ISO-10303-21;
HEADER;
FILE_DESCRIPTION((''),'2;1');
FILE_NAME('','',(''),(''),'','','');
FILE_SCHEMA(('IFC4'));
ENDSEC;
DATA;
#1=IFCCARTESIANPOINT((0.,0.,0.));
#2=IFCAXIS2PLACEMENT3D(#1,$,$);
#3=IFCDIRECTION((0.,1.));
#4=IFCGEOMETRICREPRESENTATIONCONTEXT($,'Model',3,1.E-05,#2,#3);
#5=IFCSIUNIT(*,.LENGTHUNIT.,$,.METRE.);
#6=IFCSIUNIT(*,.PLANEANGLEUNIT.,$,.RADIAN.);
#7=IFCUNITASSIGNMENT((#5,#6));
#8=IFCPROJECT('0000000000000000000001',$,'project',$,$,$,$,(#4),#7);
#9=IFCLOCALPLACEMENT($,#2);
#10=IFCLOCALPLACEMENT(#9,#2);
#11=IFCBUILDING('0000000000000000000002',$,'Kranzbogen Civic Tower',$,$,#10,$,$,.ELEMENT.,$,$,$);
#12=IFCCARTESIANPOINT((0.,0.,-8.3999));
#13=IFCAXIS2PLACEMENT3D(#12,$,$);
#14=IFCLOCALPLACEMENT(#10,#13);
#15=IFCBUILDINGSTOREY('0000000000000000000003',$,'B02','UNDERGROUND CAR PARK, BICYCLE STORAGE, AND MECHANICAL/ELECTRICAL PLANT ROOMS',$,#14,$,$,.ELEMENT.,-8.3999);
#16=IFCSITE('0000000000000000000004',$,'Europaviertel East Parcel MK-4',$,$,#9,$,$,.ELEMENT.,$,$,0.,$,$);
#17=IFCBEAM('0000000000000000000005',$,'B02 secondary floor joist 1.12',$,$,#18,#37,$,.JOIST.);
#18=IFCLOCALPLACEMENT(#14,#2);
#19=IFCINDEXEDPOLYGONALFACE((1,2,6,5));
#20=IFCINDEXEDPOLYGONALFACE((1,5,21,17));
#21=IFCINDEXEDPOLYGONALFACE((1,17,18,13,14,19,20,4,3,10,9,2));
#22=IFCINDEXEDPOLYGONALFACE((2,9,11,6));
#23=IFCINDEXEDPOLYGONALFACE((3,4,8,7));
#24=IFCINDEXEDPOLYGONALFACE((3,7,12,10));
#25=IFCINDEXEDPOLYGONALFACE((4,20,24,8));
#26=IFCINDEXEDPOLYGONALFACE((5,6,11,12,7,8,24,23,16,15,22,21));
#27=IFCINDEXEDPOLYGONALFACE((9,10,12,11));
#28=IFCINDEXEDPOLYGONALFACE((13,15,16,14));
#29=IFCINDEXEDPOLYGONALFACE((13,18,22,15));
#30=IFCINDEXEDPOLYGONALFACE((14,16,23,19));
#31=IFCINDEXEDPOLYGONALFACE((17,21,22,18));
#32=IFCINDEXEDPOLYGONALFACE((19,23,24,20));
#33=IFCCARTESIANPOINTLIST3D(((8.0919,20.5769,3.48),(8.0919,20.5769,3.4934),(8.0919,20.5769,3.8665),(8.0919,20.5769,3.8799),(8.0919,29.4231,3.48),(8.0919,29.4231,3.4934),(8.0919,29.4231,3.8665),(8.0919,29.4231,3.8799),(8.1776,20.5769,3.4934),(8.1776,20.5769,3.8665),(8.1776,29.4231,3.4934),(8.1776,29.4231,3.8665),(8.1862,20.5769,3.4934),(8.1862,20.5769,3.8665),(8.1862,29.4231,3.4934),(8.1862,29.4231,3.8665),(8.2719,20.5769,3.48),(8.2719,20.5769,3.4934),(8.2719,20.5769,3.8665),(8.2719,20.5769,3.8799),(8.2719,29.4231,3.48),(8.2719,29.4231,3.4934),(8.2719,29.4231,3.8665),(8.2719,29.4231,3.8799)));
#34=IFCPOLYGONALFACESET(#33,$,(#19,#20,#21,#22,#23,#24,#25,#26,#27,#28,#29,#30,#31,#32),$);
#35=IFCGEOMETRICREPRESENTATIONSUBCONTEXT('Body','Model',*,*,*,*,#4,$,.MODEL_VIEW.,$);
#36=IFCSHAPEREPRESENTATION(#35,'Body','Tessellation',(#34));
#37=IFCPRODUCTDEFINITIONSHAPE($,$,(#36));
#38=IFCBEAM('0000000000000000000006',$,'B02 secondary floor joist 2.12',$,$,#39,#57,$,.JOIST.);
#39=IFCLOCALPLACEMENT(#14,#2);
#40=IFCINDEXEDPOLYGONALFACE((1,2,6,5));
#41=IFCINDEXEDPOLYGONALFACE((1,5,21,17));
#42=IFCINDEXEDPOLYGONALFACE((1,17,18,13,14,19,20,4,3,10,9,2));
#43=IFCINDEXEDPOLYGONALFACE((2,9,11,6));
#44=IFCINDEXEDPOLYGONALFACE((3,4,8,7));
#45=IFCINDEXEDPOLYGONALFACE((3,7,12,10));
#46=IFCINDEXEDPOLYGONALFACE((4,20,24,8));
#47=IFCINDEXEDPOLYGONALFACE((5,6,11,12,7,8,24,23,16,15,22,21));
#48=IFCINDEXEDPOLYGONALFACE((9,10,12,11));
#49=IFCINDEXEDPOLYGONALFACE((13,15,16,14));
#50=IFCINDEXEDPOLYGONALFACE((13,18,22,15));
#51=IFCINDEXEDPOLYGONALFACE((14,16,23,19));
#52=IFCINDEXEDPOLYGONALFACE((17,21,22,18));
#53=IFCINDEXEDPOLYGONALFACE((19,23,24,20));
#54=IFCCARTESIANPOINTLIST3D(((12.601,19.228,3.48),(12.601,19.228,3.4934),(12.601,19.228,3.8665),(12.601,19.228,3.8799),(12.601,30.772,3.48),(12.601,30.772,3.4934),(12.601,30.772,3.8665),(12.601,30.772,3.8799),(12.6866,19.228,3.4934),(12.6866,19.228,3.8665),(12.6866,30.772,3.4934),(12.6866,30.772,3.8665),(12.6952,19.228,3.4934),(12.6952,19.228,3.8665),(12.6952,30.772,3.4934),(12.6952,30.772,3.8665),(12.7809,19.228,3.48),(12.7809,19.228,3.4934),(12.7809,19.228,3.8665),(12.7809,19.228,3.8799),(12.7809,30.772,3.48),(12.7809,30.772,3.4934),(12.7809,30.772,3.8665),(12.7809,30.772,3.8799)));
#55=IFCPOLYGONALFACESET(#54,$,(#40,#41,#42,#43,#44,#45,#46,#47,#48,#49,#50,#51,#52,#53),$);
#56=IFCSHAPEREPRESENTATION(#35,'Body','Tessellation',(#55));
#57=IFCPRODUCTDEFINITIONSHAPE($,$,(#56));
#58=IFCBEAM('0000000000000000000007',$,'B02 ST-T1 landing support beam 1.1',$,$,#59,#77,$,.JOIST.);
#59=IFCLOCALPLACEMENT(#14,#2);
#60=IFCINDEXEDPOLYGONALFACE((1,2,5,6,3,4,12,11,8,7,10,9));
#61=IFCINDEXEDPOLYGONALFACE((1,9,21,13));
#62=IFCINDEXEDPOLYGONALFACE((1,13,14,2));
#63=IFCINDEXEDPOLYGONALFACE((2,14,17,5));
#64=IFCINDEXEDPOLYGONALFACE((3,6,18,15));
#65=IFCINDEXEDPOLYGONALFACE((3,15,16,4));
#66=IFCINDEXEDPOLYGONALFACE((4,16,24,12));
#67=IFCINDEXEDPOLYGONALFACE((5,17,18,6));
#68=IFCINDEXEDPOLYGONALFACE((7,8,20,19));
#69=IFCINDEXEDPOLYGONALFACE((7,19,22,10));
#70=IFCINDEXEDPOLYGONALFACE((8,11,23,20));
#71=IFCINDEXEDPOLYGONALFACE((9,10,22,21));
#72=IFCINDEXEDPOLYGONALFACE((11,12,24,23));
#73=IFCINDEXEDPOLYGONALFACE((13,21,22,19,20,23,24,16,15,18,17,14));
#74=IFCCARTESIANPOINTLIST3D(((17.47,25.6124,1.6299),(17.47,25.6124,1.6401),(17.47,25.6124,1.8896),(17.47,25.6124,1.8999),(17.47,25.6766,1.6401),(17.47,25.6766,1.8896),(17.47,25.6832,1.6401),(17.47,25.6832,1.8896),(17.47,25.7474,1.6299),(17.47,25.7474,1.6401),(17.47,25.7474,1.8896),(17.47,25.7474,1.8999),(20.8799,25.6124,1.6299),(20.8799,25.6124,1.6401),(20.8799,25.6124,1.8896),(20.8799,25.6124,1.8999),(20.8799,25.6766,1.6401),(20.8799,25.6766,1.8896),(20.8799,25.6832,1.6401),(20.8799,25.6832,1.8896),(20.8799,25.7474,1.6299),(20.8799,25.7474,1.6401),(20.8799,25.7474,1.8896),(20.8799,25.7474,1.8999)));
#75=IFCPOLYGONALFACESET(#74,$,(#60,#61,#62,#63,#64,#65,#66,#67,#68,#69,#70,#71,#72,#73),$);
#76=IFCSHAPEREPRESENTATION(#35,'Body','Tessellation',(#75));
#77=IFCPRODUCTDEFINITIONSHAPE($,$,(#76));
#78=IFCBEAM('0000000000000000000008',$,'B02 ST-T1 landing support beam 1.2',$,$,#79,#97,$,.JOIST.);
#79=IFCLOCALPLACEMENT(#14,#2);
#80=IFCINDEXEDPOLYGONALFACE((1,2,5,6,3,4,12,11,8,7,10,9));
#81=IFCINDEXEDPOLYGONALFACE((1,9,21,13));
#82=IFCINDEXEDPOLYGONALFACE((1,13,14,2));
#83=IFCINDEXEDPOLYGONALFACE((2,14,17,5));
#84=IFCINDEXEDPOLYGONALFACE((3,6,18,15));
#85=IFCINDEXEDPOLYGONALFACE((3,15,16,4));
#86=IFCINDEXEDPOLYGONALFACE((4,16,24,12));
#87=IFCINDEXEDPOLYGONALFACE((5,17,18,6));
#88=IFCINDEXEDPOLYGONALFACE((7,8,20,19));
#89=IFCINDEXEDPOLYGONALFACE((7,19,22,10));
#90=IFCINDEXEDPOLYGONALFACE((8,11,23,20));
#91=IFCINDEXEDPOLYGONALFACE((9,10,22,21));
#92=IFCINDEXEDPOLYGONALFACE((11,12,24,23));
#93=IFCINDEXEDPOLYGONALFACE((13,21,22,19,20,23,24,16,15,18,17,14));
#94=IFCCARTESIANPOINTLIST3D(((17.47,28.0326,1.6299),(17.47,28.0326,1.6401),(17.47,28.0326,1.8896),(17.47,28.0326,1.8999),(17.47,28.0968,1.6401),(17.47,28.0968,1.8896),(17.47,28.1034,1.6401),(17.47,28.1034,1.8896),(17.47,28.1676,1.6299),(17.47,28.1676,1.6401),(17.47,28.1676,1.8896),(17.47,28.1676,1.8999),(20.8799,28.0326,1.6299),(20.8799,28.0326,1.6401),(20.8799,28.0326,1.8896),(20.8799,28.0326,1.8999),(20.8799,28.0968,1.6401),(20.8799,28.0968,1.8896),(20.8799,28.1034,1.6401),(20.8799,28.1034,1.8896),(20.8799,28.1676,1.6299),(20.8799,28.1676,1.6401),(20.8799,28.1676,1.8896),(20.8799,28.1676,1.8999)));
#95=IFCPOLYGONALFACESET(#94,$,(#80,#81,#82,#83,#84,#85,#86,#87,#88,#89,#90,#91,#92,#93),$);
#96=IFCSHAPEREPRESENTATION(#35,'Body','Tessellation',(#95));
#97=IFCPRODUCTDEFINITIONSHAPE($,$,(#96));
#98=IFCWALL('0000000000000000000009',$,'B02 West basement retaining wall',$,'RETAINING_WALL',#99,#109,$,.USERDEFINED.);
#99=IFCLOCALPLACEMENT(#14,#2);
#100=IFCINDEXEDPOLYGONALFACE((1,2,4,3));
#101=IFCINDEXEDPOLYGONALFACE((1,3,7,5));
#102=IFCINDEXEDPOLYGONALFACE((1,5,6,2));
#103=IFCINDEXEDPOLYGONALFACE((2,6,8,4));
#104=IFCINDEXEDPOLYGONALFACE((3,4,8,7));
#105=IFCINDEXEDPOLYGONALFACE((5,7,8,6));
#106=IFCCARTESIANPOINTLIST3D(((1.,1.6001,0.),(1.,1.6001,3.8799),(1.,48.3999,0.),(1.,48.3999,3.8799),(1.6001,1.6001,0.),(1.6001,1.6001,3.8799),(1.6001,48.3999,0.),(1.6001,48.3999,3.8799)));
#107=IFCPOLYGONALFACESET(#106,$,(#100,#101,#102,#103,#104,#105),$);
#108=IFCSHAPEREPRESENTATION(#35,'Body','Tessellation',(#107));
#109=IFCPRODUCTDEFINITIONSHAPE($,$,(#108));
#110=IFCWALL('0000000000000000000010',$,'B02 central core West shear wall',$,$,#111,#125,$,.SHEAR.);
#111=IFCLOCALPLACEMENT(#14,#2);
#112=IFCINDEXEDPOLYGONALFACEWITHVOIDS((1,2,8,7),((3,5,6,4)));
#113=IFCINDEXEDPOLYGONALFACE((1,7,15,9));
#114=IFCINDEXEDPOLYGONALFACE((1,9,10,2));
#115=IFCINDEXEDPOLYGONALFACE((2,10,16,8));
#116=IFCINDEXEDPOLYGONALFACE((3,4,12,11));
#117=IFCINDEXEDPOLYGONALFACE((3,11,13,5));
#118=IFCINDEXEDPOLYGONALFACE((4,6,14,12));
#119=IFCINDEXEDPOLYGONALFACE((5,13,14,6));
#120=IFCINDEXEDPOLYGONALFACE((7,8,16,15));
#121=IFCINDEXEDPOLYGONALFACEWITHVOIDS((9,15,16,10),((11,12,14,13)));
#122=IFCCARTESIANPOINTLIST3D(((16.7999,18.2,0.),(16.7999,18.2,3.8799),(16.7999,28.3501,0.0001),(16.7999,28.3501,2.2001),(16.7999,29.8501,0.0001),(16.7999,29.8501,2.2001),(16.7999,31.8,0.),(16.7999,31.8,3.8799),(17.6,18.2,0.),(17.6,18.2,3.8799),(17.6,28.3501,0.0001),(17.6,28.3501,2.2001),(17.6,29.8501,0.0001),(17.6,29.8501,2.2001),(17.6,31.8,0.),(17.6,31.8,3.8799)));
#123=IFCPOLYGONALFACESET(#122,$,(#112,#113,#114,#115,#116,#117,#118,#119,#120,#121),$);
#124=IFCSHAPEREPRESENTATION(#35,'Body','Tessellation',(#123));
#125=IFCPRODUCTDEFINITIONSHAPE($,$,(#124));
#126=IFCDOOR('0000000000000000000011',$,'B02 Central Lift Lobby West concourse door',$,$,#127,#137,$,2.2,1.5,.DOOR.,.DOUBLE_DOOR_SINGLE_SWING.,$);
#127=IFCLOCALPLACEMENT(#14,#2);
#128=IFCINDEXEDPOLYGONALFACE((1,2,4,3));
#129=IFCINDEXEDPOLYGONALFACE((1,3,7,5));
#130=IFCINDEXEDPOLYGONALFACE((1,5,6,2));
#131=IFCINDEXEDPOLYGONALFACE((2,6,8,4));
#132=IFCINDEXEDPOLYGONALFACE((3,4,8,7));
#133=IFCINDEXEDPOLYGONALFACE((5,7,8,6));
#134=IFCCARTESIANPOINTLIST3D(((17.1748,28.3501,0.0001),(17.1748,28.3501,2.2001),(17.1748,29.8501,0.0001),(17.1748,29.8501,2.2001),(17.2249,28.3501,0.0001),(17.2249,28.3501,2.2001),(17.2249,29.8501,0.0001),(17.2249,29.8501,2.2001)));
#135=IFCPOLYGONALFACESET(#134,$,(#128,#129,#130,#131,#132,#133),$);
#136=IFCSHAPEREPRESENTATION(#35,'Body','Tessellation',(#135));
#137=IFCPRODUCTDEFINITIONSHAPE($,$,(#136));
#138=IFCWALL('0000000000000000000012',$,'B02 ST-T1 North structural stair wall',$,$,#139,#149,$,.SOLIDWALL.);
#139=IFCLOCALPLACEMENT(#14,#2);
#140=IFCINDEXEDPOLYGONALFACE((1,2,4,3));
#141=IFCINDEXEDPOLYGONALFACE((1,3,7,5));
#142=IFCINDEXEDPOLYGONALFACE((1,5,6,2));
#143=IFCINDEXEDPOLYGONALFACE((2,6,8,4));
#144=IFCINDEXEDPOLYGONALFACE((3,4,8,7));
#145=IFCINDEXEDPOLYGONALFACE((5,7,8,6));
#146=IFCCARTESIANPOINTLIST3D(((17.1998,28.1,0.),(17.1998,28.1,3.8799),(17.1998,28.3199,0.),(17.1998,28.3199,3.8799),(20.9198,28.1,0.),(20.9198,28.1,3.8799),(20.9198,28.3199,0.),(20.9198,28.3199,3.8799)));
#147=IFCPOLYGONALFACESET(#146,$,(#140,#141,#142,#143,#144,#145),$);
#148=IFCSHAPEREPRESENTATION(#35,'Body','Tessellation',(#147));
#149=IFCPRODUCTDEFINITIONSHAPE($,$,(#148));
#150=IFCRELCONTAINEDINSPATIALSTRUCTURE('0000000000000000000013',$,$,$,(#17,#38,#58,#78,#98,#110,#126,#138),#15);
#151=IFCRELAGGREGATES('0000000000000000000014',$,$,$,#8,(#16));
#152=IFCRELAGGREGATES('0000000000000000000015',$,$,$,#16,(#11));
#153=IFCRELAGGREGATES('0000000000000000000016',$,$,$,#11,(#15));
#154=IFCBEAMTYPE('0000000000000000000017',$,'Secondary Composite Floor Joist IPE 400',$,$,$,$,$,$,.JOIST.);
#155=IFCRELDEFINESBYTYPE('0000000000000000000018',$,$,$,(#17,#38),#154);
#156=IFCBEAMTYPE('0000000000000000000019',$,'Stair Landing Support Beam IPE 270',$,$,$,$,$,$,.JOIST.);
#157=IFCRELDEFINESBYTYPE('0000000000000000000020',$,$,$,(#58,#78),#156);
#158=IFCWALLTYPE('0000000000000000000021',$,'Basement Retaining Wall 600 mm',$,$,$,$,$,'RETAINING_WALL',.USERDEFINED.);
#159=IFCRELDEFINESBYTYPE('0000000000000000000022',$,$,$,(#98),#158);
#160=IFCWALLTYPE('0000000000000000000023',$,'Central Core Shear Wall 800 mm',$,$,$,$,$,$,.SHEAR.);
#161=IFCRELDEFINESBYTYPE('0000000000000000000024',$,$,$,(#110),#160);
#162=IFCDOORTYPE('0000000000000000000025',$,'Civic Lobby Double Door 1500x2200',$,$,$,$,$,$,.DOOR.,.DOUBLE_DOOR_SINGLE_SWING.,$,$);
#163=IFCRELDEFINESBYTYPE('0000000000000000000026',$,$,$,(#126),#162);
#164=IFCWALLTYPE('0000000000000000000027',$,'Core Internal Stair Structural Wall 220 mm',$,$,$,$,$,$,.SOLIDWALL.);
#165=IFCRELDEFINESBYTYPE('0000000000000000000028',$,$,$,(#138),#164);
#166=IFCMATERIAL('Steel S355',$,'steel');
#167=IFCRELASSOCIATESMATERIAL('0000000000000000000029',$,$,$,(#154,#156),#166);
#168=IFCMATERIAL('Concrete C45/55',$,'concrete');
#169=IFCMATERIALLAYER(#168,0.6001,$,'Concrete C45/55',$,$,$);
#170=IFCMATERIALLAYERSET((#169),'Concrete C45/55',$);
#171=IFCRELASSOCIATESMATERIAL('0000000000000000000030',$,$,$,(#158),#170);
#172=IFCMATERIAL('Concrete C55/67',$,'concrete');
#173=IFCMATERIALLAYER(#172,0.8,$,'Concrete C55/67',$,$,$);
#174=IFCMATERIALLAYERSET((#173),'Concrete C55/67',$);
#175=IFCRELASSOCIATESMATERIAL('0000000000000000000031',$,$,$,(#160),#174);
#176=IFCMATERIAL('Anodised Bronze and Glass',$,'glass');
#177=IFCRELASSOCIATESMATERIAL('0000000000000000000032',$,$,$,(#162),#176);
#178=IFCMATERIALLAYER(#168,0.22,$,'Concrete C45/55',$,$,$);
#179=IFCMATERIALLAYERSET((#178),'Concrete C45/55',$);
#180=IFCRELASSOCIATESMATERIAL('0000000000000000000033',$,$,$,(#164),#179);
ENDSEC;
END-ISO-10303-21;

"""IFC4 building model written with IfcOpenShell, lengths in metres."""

from ifc_helpers import new_model, si_unit, direction, frame, frame_2d, origin, origin_2d, place, context, subcontext, project, spatial, rectangle, i_section, extrude, material, layer, layer_set, material_profile, profile_set, type_object, element, fill, save


model = new_model("IFC4")

# Units and contexts
model_context = context("Model", 3, precision=1e-05, world=origin(), true_north=direction((0.0, 1.0)))
body_context = subcontext(model_context, "Body", "Model", "MODEL_VIEW")
ifc_project = project(units=[si_unit("LENGTHUNIT", "METRE"), si_unit("PLANEANGLEUNIT", "RADIAN")], contexts=[model_context])

# Site, building, storey
site_placement = place(None, origin())
site = spatial("IfcSite", under=ifc_project, at=site_placement, Name="Europaviertel East Parcel MK-4", CompositionType="ELEMENT", RefElevation=0.0)
building_placement = place(site_placement, origin())
building = spatial("IfcBuilding", under=site, at=building_placement, Name="Kranzbogen Civic Tower", CompositionType="ELEMENT")
storey_placement = place(building_placement, frame((0.0, 0.0, -8.3999)))
storey = spatial("IfcBuildingStorey", under=building, at=storey_placement, Name="B02", Description="UNDERGROUND CAR PARK, BICYCLE STORAGE, AND MECHANICAL/ELECTRICAL PLANT ROOMS", CompositionType="ELEMENT", Elevation=-8.3999)

# Shared definitions
ifc_material_1 = material(Name="Concrete C45/55", Category="concrete")

# Shared definitions
ifc_material_2 = material(Name="Concrete C55/67", Category="concrete")

# Beams
ifc_material_3 = material(Name="Steel S355", Category="steel")
ifc_material_profile_1 = material_profile(ifc_material_3, i_section(OverallWidth=0.1799, OverallDepth=0.3999, WebThickness=0.0085, FlangeThickness=0.0134, at=origin_2d()), Name="IPE 400")
ifc_profile_set_1 = profile_set([ifc_material_profile_1], Name="Steel S355")
beam_type_1 = type_object("IfcBeamType", Name="Secondary Composite Floor Joist IPE 400", PredefinedType="JOIST", material=ifc_profile_set_1)
beam_1_placement = place(storey_placement, frame((8.1819, 29.4231, 3.6799), z_axis=(0.0, -1.0, 0.0), x_axis=(1.0, 0.0, 0.0)))
element("IfcBeam", 1, at=beam_1_placement, inside=storey, type_object=beam_type_1, Name="B02 secondary floor joist 1.12", PredefinedType="JOIST", context=body_context, shape_type="SweptSolid", body=[
    extrude(i_section(OverallWidth=0.1799, OverallDepth=0.3999, WebThickness=0.0085, FlangeThickness=0.0134, at=origin_2d()), origin(), (0.0, 0.0, 1.0), 8.8462),
])
beam_2_placement = place(storey_placement, frame((12.6909, 30.772, 3.6799), z_axis=(0.0, -1.0, 0.0), x_axis=(1.0, 0.0, 0.0)))
element("IfcBeam", 2, at=beam_2_placement, inside=storey, type_object=beam_type_1, Name="B02 secondary floor joist 2.12", PredefinedType="JOIST", context=body_context, shape_type="SweptSolid", body=[
    extrude(i_section(OverallWidth=0.1799, OverallDepth=0.3999, WebThickness=0.0085, FlangeThickness=0.0134, at=origin_2d()), origin(), (0.0, 0.0, 1.0), 11.5439),
])
ifc_material_profile_2 = material_profile(ifc_material_3, i_section(OverallWidth=0.135, OverallDepth=0.27, WebThickness=0.0066, FlangeThickness=0.0103, at=origin_2d()), Name="IPE 270")
ifc_profile_set_2 = profile_set([ifc_material_profile_2], Name="Steel S355")
beam_type_2 = type_object("IfcBeamType", Name="Stair Landing Support Beam IPE 270", PredefinedType="JOIST", material=ifc_profile_set_2)
for number, where, z_axis, x_axis, name in (
    (3, (20.8799, 25.6799, 1.7649), (-1.0, 0.0, 0.0), (0.0, -1.0, 0.0), "B02 ST-T1 landing support beam 1.1"),
    (4, (20.8799, 28.1001, 1.7649), (-1.0, 0.0, 0.0), (0.0, -1.0, 0.0), "B02 ST-T1 landing support beam 1.2"),
):
    element("IfcBeam", number, at=place(storey_placement, frame(where, z_axis=z_axis, x_axis=x_axis)), inside=storey, type_object=beam_type_2, Name=name, PredefinedType="JOIST", context=body_context, shape_type="SweptSolid", body=[
        extrude(i_section(OverallWidth=0.135, OverallDepth=0.27, WebThickness=0.0066, FlangeThickness=0.0103, at=origin_2d()), origin(), (0.0, 0.0, 1.0), 3.4099),
    ])

# Wall
ifc_layer_1 = layer(ifc_material_1, 0.6001, Name="Concrete C45/55")
ifc_layer_set_1 = layer_set([ifc_layer_1], Name="Concrete C45/55")
wall_type_1 = type_object("IfcWallType", Name="Basement Retaining Wall 600 mm", ElementType="RETAINING_WALL", PredefinedType="USERDEFINED", material=ifc_layer_set_1)
wall_1_placement = place(storey_placement, frame((1.3, 48.3999, 0.0), z_axis=(0.0, 0.0, 1.0), x_axis=(0.0, -1.0, 0.0)))
element("IfcWall", 5, at=wall_1_placement, inside=storey, type_object=wall_type_1, Name="B02 West basement retaining wall", ObjectType="RETAINING_WALL", PredefinedType="USERDEFINED", context=body_context, shape_type="SweptSolid", body=[
    extrude(rectangle(XDim=46.7998, YDim=0.6001, at=frame_2d((23.3999, 0.0))), origin(), (0.0, 0.0, 1.0), 3.8799),
])

# Wall, opening, door
ifc_layer_2 = layer(ifc_material_2, 0.8, Name="Concrete C55/67")
ifc_layer_set_2 = layer_set([ifc_layer_2], Name="Concrete C55/67")
wall_type_2 = type_object("IfcWallType", Name="Central Core Shear Wall 800 mm", PredefinedType="SHEAR", material=ifc_layer_set_2)
wall_2_placement = place(storey_placement, frame((17.2, 31.8, 0.0), z_axis=(0.0, 0.0, 1.0), x_axis=(0.0, -1.0, 0.0)))
wall_2 = element("IfcWall", 6, at=wall_2_placement, inside=storey, type_object=wall_type_2, Name="B02 central core West shear wall", PredefinedType="SHEAR", context=body_context, shape_type="SweptSolid", body=[
    extrude(rectangle(XDim=13.6001, YDim=0.8, at=frame_2d((6.8, 0.0))), origin(), (0.0, 0.0, 1.0), 3.8799),
])
opening_placement = place(wall_2_placement, frame((1.95, 0.0, 0.0)))
opening = element("IfcOpeningElement", 7, at=opening_placement, cuts=wall_2, PredefinedType="OPENING", context=body_context, shape_type="SweptSolid", body=[
    extrude(rectangle(XDim=1.5, YDim=2.2, at=frame_2d((0.75, 1.1001))), frame((0.0, 0.4102, 0.0), z_axis=(0.0, -1.0, 0.0), x_axis=(1.0, 0.0, 0.0)), (0.0, 0.0, 1.0), 0.8201),
])
ifc_material_4 = material(Name="Anodised Bronze and Glass", Category="glass")
door_type = type_object("IfcDoorType", Name="Civic Lobby Double Door 1500x2200", OperationType="DOUBLE_DOOR_SINGLE_SWING", PredefinedType="DOOR", material=ifc_material_4)
door_placement = place(opening_placement, origin())
door = element("IfcDoor", 8, at=door_placement, inside=storey, type_object=door_type, Name="B02 Central Lift Lobby West concourse door", OperationType="DOUBLE_DOOR_SINGLE_SWING", OverallHeight=2.2, OverallWidth=1.5, PredefinedType="DOOR", context=body_context, shape_type="SweptSolid", body=[
    extrude(rectangle(XDim=1.5, YDim=2.2, at=frame_2d((0.75, 1.1001))), frame((0.0, 0.0249, 0.0), z_axis=(0.0, -1.0, 0.0), x_axis=(1.0, 0.0, 0.0)), (0.0, 0.0, 1.0), 0.05),
])
fill(opening, door)

# Wall
ifc_layer_3 = layer(ifc_material_1, 0.22, Name="Concrete C45/55")
ifc_layer_set_3 = layer_set([ifc_layer_3], Name="Concrete C45/55")
wall_type_3 = type_object("IfcWallType", Name="Core Internal Stair Structural Wall 220 mm", PredefinedType="SOLIDWALL", material=ifc_layer_set_3)
wall_3_placement = place(storey_placement, frame((17.2, 28.21, 0.0), z_axis=(0.0, 0.0, 1.0), x_axis=(1.0, 0.0, 0.0)))
element("IfcWall", 9, at=wall_3_placement, inside=storey, type_object=wall_type_3, Name="B02 ST-T1 North structural stair wall", PredefinedType="SOLIDWALL", context=body_context, shape_type="SweptSolid", body=[
    extrude(rectangle(XDim=3.72, YDim=0.22, at=frame_2d((1.8599, 0.0))), origin(), (0.0, 0.0, 1.0), 3.8799),
])

save(model, "model.ifc")
